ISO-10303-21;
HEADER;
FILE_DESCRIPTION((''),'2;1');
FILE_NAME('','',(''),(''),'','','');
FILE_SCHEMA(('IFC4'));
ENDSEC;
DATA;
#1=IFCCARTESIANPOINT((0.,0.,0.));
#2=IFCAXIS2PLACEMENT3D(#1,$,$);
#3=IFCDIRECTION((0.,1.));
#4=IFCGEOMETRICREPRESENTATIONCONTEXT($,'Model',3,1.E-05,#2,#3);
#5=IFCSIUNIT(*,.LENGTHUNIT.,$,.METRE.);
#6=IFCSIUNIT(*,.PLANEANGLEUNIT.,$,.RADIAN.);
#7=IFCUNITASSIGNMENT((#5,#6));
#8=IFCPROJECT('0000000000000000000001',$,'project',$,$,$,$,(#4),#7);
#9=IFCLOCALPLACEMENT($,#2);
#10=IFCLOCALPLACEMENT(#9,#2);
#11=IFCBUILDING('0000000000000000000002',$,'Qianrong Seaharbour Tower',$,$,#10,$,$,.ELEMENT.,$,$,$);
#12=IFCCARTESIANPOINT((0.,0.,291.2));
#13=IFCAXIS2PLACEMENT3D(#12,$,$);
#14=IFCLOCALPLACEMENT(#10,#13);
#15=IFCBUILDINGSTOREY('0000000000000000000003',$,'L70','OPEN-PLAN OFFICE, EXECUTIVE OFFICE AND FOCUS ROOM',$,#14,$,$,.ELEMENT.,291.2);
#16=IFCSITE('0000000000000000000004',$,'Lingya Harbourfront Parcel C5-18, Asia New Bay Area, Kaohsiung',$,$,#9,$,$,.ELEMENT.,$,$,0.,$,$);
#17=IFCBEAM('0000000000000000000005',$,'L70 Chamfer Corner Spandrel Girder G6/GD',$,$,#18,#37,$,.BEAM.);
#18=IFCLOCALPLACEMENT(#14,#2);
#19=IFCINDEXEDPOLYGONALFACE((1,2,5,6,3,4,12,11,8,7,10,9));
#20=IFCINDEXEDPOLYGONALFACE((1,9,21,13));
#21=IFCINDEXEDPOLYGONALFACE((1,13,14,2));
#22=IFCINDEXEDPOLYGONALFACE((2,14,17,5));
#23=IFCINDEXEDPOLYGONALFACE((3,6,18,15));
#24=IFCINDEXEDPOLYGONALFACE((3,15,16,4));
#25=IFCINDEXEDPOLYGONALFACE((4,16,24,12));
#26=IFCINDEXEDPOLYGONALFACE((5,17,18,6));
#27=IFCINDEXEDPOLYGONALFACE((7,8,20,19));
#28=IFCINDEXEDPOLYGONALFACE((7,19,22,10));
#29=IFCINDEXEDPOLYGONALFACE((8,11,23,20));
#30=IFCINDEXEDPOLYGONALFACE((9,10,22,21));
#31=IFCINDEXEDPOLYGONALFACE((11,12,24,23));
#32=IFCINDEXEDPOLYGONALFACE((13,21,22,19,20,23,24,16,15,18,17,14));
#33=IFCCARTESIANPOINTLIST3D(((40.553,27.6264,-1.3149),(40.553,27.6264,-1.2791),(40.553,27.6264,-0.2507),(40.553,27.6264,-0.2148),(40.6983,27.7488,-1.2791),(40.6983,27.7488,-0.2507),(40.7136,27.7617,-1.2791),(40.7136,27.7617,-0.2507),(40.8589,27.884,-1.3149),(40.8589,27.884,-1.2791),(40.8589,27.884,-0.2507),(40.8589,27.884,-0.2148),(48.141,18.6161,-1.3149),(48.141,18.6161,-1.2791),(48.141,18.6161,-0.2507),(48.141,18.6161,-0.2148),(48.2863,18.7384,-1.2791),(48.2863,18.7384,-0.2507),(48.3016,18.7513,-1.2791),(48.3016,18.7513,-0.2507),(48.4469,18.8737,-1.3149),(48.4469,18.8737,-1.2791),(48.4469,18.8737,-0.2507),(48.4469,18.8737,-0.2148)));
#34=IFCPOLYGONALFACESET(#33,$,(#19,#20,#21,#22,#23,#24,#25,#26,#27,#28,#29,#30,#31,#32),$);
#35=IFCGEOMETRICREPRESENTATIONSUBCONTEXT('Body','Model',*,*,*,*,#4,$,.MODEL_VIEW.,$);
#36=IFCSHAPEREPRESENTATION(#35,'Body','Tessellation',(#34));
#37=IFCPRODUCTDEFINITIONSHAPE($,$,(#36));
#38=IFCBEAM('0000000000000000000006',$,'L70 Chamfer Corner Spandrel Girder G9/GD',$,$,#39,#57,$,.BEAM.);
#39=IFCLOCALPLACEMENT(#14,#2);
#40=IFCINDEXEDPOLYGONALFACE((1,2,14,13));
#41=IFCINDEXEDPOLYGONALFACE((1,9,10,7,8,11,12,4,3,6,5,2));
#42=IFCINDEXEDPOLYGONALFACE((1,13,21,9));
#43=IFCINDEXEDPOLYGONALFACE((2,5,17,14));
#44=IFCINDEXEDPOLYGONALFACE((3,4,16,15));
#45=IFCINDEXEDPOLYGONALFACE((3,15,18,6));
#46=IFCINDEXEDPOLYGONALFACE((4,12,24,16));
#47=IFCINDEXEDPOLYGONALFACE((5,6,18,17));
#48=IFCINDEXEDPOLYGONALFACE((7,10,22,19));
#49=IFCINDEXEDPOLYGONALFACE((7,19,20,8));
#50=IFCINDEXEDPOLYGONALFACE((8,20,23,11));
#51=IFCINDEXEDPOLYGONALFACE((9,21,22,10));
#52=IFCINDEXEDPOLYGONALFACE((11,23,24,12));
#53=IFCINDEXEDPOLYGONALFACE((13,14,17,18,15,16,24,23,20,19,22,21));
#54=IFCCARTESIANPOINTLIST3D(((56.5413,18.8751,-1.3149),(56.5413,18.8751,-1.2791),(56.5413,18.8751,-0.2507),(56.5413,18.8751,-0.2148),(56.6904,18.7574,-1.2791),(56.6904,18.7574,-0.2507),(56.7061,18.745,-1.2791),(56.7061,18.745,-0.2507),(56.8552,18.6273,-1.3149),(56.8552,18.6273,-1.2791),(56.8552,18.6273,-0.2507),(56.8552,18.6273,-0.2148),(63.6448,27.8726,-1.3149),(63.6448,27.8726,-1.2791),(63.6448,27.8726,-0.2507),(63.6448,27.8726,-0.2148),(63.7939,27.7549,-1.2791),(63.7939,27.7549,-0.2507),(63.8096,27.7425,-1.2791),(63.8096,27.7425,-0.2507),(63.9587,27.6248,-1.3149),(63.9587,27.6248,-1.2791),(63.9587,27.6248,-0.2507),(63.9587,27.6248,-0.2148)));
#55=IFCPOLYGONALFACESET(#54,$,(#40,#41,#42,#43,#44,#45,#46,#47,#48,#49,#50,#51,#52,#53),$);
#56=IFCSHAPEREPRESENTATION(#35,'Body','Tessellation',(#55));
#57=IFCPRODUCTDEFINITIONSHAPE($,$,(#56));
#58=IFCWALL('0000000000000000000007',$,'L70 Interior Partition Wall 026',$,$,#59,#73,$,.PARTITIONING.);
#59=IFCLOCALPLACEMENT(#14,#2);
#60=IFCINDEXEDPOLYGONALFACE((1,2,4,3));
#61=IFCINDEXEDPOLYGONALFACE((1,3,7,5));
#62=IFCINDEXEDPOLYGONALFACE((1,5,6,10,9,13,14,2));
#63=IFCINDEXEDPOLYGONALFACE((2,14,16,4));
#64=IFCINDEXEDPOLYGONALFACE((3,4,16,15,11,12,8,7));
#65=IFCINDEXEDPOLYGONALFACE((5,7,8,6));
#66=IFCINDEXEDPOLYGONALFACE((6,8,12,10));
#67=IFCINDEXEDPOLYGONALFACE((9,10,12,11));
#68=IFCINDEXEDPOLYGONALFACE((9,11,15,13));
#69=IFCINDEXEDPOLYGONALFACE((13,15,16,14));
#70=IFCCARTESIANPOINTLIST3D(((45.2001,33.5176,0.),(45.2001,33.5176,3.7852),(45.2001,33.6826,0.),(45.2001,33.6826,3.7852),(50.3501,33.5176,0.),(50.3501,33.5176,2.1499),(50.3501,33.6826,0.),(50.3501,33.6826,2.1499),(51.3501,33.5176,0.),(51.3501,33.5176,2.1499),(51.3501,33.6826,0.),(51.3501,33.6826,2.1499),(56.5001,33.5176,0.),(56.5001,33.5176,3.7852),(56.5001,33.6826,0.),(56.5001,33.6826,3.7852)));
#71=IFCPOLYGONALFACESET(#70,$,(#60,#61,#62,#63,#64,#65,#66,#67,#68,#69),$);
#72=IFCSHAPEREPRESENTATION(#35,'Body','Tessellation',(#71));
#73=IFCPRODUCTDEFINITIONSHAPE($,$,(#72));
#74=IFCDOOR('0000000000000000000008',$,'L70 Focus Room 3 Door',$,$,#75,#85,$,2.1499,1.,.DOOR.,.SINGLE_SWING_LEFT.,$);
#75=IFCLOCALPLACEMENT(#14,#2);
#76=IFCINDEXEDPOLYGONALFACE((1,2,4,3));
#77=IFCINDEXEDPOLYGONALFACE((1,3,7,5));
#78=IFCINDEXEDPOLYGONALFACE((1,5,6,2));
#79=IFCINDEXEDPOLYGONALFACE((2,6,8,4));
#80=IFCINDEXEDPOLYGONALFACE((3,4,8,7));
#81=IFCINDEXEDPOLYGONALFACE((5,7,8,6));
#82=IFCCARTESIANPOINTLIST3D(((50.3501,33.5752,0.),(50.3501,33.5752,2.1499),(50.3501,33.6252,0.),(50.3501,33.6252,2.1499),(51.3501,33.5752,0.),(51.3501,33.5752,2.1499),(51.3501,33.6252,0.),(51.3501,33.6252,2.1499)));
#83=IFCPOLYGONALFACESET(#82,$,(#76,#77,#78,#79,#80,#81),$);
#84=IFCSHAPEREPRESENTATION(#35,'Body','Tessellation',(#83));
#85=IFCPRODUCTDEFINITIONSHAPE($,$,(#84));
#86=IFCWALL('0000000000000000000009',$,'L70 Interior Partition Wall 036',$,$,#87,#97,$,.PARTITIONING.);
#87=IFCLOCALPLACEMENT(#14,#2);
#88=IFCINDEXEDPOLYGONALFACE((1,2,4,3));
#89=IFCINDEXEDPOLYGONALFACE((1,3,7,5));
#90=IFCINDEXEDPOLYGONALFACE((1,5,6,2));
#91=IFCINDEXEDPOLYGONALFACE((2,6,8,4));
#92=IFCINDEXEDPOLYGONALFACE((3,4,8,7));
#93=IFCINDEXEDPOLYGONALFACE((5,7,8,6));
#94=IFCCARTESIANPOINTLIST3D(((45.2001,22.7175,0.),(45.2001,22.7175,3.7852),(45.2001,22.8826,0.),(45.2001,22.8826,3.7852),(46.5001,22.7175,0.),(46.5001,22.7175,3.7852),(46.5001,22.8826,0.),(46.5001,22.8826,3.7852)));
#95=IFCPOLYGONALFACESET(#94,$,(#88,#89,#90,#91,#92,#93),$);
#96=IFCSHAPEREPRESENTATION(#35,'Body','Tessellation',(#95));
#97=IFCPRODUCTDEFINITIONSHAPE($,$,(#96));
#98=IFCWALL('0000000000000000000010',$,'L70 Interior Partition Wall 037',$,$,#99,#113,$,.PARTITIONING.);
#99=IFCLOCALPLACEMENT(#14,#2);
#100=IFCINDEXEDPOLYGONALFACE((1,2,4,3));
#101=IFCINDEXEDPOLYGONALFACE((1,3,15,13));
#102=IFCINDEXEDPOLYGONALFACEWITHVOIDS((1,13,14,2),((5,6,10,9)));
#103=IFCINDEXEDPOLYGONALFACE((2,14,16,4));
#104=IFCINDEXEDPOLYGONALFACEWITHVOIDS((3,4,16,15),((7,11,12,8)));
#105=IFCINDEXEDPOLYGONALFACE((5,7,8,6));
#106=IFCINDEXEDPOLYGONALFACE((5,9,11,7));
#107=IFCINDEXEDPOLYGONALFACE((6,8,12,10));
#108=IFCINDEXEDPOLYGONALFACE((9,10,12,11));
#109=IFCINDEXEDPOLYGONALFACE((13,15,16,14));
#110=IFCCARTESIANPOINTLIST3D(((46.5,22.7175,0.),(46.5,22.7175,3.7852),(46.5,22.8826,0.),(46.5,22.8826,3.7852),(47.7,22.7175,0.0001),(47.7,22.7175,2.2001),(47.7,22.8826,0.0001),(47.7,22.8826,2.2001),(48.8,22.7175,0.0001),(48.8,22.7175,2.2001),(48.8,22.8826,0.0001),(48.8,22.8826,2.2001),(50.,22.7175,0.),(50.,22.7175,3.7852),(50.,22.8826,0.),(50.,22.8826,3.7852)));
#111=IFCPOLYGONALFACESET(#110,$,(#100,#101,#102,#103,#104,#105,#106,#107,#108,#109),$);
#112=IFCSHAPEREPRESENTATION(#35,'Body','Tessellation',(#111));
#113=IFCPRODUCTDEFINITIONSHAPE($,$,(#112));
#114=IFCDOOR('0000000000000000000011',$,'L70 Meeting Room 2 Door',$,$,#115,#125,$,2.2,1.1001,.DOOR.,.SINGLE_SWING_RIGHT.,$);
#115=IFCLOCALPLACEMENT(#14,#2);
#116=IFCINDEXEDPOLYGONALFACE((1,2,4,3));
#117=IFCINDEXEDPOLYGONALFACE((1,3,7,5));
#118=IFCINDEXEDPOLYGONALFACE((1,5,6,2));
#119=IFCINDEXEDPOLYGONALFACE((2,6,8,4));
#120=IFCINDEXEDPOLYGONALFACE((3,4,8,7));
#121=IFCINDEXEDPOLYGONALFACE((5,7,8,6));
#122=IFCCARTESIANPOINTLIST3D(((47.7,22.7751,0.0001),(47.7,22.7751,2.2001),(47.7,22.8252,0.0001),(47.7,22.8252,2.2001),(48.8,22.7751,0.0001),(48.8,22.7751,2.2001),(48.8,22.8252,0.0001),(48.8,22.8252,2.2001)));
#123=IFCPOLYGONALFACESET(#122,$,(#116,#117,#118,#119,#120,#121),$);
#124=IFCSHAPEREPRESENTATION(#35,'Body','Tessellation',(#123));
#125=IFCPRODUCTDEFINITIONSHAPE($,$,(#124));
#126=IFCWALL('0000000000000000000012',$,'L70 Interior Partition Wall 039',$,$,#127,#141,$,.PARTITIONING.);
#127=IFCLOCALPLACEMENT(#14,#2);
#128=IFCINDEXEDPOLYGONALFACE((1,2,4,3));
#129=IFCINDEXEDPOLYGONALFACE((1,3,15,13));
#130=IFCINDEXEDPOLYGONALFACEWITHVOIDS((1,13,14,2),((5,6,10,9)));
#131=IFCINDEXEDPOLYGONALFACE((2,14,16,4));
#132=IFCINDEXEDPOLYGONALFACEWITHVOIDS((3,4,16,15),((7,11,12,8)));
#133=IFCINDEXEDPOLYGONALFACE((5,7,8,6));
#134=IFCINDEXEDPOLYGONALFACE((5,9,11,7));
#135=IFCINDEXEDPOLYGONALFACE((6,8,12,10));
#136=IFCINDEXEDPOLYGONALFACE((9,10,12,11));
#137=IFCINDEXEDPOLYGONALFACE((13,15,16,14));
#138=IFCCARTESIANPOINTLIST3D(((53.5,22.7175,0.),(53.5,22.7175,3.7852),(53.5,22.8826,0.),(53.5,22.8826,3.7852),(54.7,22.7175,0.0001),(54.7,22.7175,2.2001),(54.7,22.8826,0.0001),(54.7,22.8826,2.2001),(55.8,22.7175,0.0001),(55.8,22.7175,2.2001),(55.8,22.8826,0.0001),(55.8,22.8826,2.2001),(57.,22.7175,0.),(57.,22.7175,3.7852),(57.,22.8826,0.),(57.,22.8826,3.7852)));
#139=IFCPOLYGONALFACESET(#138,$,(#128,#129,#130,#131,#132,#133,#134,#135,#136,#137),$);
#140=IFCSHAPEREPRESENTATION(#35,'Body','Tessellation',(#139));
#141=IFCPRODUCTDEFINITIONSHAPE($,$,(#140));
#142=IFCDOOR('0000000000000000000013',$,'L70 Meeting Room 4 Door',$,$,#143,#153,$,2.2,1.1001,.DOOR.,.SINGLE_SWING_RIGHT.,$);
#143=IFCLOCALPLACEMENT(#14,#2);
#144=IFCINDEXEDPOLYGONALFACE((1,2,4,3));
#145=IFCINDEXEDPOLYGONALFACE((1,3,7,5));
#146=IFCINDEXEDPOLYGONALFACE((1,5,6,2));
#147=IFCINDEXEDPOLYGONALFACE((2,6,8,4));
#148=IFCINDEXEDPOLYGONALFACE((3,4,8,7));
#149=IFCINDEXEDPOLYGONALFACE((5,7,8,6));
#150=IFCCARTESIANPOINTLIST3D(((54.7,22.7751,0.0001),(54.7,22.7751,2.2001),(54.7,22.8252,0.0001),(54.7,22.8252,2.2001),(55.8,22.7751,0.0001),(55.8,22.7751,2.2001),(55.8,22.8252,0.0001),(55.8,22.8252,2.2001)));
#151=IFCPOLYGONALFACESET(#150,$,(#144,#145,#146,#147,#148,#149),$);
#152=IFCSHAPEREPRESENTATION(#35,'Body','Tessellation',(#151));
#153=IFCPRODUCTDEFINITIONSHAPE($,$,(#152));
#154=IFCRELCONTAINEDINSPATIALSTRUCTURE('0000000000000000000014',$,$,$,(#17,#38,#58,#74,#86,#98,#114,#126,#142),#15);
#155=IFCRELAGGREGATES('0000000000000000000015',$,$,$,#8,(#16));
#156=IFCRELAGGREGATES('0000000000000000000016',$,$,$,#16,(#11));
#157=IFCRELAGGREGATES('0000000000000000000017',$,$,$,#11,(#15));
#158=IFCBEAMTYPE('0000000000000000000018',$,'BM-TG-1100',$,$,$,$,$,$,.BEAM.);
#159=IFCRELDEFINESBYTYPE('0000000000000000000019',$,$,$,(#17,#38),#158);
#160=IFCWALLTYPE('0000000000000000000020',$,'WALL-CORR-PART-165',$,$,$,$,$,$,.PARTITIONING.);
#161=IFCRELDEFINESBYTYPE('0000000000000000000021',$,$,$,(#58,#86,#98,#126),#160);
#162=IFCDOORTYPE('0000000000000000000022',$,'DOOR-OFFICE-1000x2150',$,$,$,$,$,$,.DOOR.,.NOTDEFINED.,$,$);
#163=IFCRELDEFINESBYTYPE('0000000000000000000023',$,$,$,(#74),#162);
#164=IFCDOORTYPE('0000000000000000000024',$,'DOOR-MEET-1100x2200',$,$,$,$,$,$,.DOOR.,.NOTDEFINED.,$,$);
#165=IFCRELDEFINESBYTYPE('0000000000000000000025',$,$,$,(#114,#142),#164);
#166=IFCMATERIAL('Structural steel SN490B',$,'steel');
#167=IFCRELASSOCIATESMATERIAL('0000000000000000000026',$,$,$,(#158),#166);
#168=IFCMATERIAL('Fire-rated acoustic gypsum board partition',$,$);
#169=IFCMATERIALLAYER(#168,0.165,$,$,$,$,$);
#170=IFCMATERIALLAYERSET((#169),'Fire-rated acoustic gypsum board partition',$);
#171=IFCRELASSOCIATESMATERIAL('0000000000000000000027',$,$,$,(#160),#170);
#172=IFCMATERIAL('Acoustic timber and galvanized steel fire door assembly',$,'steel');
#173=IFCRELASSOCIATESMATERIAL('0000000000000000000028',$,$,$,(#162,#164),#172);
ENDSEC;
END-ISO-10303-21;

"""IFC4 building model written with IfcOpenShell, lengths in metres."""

from ifc_helpers import new_model, si_unit, direction, frame, frame_2d, origin, origin_2d, place, context, subcontext, project, spatial, rectangle, i_section, extrude, material, layer, layer_set, material_profile, profile_set, type_object, element, fill, save


model = new_model("IFC4")

# Units and contexts
model_context = context("Model", 3, precision=1e-05, world=origin(), true_north=direction((0.0, 1.0)))
body_context = subcontext(model_context, "Body", "Model", "MODEL_VIEW")
ifc_project = project(units=[si_unit("LENGTHUNIT", "METRE"), si_unit("PLANEANGLEUNIT", "RADIAN")], contexts=[model_context])

# Site, building, storey
site_placement = place(None, origin())
site = spatial("IfcSite", under=ifc_project, at=site_placement, Name="Lingya Harbourfront Parcel C5-18, Asia New Bay Area, Kaohsiung", CompositionType="ELEMENT", RefElevation=0.0)
building_placement = place(site_placement, origin())
building = spatial("IfcBuilding", under=site, at=building_placement, Name="Qianrong Seaharbour Tower", CompositionType="ELEMENT")
storey_placement = place(building_placement, frame((0.0, 0.0, 291.2)))
storey = spatial("IfcBuildingStorey", under=building, at=storey_placement, Name="L70", Description="OPEN-PLAN OFFICE, EXECUTIVE OFFICE AND FOCUS ROOM", CompositionType="ELEMENT", Elevation=291.2)

# Beams
ifc_material_1 = material(Name="Structural steel SN490B", Category="steel")
ifc_material_profile_1 = material_profile(ifc_material_1, i_section(OverallWidth=0.3999, OverallDepth=1.1001, WebThickness=0.02, FlangeThickness=0.0359, at=origin_2d()), Name="BH1100x400x20x36")
ifc_profile_set_1 = profile_set([ifc_material_profile_1], Name="Structural steel SN490B")
beam_type_1 = type_object("IfcBeamType", Name="BM-TG-1100", PredefinedType="BEAM", material=ifc_profile_set_1)
beam_1_placement = place(storey_placement, frame((48.2939, 18.7449, -0.7649), z_axis=(-0.644151, 0.764898, 0.0), x_axis=(-0.764898, -0.644151, 0.0)))
element("IfcBeam", 1, at=beam_1_placement, inside=storey, type_object=beam_type_1, Name="L70 Chamfer Corner Spandrel Girder G6/GD", PredefinedType="BEAM", context=body_context, shape_type="SweptSolid", body=[
    extrude(i_section(OverallWidth=0.3999, OverallDepth=1.1001, WebThickness=0.02, FlangeThickness=0.0359, at=origin_2d()), origin(), (0.0, 0.0, 1.0), 11.7798),
])
beam_2_placement = place(storey_placement, frame((56.6982, 18.7512, -0.7649), z_axis=(0.619654, 0.784875, 0.0), x_axis=(-0.784875, 0.619654, 0.0)))
element("IfcBeam", 2, at=beam_2_placement, inside=storey, type_object=beam_type_1, Name="L70 Chamfer Corner Spandrel Girder G9/GD", PredefinedType="BEAM", context=body_context, shape_type="SweptSolid", body=[
    extrude(i_section(OverallWidth=0.3999, OverallDepth=1.1001, WebThickness=0.02, FlangeThickness=0.0359, at=origin_2d()), origin(), (0.0, 0.0, 1.0), 11.4636),
])

# Wall, opening, door
ifc_material_2 = material(Name="Fire-rated acoustic gypsum board partition")
ifc_layer_1 = layer(ifc_material_2, 0.165)
ifc_layer_set_1 = layer_set([ifc_layer_1], Name="Fire-rated acoustic gypsum board partition")
wall_type_1 = type_object("IfcWallType", Name="WALL-CORR-PART-165", PredefinedType="PARTITIONING", material=ifc_layer_set_1)
wall_1_placement = place(storey_placement, frame((56.5, 33.6001, 0.0), z_axis=(0.0, 0.0, 1.0), x_axis=(-1.0, 0.0, 0.0)))
wall_1 = element("IfcWall", 3, at=wall_1_placement, inside=storey, type_object=wall_type_1, Name="L70 Interior Partition Wall 026", PredefinedType="PARTITIONING", context=body_context, shape_type="SweptSolid", body=[
    extrude(rectangle(XDim=11.3, YDim=0.165, at=frame_2d((5.6499, 0.0))), origin(), (0.0, 0.0, 1.0), 3.7852),
])
opening_1_placement = place(wall_1_placement, frame((5.1499, 0.0, 0.0)))
opening_1 = element("IfcOpeningElement", 4, at=opening_1_placement, cuts=wall_1, PredefinedType="OPENING", context=body_context, shape_type="SweptSolid", body=[
    extrude(rectangle(XDim=1.0, YDim=2.1499, at=frame_2d((0.5, 1.075))), frame((0.0, 0.0925, 0.0), z_axis=(0.0, -1.0, 0.0), x_axis=(1.0, 0.0, 0.0)), (0.0, 0.0, 1.0), 0.1851),
])
ifc_material_3 = material(Name="Acoustic timber and galvanized steel fire door assembly", Category="steel")
door_type_1 = type_object("IfcDoorType", Name="DOOR-OFFICE-1000x2150", OperationType="NOTDEFINED", PredefinedType="DOOR", material=ifc_material_3)
door_1_placement = place(opening_1_placement, origin())
door_1 = element("IfcDoor", 5, at=door_1_placement, inside=storey, type_object=door_type_1, Name="L70 Focus Room 3 Door", OperationType="SINGLE_SWING_LEFT", OverallHeight=2.1499, OverallWidth=1.0, PredefinedType="DOOR", context=body_context, shape_type="SweptSolid", body=[
    extrude(rectangle(XDim=1.0, YDim=2.1499, at=frame_2d((0.5, 1.075))), frame((0.0, 0.0249, 0.0), z_axis=(0.0, -1.0, 0.0), x_axis=(1.0, 0.0, 0.0)), (0.0, 0.0, 1.0), 0.05),
])
fill(opening_1, door_1)

# Wall
wall_2_placement = place(storey_placement, frame((46.5, 22.8, 0.0), z_axis=(0.0, 0.0, 1.0), x_axis=(-1.0, 0.0, 0.0)))
element("IfcWall", 6, at=wall_2_placement, inside=storey, type_object=wall_type_1, Name="L70 Interior Partition Wall 036", PredefinedType="PARTITIONING", context=body_context, shape_type="SweptSolid", body=[
    extrude(rectangle(XDim=1.3, YDim=0.165, at=frame_2d((0.6499, 0.0))), origin(), (0.0, 0.0, 1.0), 3.7852),
])

# Walls, openings, doors
wall_3_placement = place(storey_placement, frame((50.0, 22.8, 0.0), z_axis=(0.0, 0.0, 1.0), x_axis=(-1.0, 0.0, 0.0)))
wall_3 = element("IfcWall", 7, at=wall_3_placement, inside=storey, type_object=wall_type_1, Name="L70 Interior Partition Wall 037", PredefinedType="PARTITIONING", context=body_context, shape_type="SweptSolid", body=[
    extrude(rectangle(XDim=3.5, YDim=0.165, at=frame_2d((1.75, 0.0))), origin(), (0.0, 0.0, 1.0), 3.7852),
])
opening_2_placement = place(wall_3_placement, frame((1.2, 0.0, 0.0)))
opening_2 = element("IfcOpeningElement", 8, at=opening_2_placement, cuts=wall_3, PredefinedType="OPENING", context=body_context, shape_type="SweptSolid", body=[
    extrude(rectangle(XDim=1.1001, YDim=2.2, at=frame_2d((0.55, 1.1001))), frame((0.0, 0.0925, 0.0), z_axis=(0.0, -1.0, 0.0), x_axis=(1.0, 0.0, 0.0)), (0.0, 0.0, 1.0), 0.1851),
])
door_type_2 = type_object("IfcDoorType", Name="DOOR-MEET-1100x2200", OperationType="NOTDEFINED", PredefinedType="DOOR", material=ifc_material_3)
door_2_placement = place(opening_2_placement, origin())
door_2 = element("IfcDoor", 9, at=door_2_placement, inside=storey, type_object=door_type_2, Name="L70 Meeting Room 2 Door", OperationType="SINGLE_SWING_RIGHT", OverallHeight=2.2, OverallWidth=1.1001, PredefinedType="DOOR", context=body_context, shape_type="SweptSolid", body=[
    extrude(rectangle(XDim=1.1001, YDim=2.2, at=frame_2d((0.55, 1.1001))), frame((0.0, 0.0249, 0.0), z_axis=(0.0, -1.0, 0.0), x_axis=(1.0, 0.0, 0.0)), (0.0, 0.0, 1.0), 0.05),
])
fill(opening_2, door_2)
wall_4_placement = place(storey_placement, frame((57.0, 22.8, 0.0), z_axis=(0.0, 0.0, 1.0), x_axis=(-1.0, 0.0, 0.0)))
wall_4 = element("IfcWall", 10, at=wall_4_placement, inside=storey, type_object=wall_type_1, Name="L70 Interior Partition Wall 039", PredefinedType="PARTITIONING", context=body_context, shape_type="SweptSolid", body=[
    extrude(rectangle(XDim=3.5, YDim=0.165, at=frame_2d((1.75, 0.0))), origin(), (0.0, 0.0, 1.0), 3.7852),
])
opening_3_placement = place(wall_4_placement, frame((1.2, 0.0, 0.0)))
opening_3 = element("IfcOpeningElement", 11, at=opening_3_placement, cuts=wall_4, PredefinedType="OPENING", context=body_context, shape_type="SweptSolid", body=[
    extrude(rectangle(XDim=1.1001, YDim=2.2, at=frame_2d((0.55, 1.1001))), frame((0.0, 0.0925, 0.0), z_axis=(0.0, -1.0, 0.0), x_axis=(1.0, 0.0, 0.0)), (0.0, 0.0, 1.0), 0.1851),
])
door_3_placement = place(opening_3_placement, origin())
door_3 = element("IfcDoor", 12, at=door_3_placement, inside=storey, type_object=door_type_2, Name="L70 Meeting Room 4 Door", OperationType="SINGLE_SWING_RIGHT", OverallHeight=2.2, OverallWidth=1.1001, PredefinedType="DOOR", context=body_context, shape_type="SweptSolid", body=[
    extrude(rectangle(XDim=1.1001, YDim=2.2, at=frame_2d((0.55, 1.1001))), frame((0.0, 0.0249, 0.0), z_axis=(0.0, -1.0, 0.0), x_axis=(1.0, 0.0, 0.0)), (0.0, 0.0, 1.0), 0.05),
])
fill(opening_3, door_3)

save(model, "model.ifc")
